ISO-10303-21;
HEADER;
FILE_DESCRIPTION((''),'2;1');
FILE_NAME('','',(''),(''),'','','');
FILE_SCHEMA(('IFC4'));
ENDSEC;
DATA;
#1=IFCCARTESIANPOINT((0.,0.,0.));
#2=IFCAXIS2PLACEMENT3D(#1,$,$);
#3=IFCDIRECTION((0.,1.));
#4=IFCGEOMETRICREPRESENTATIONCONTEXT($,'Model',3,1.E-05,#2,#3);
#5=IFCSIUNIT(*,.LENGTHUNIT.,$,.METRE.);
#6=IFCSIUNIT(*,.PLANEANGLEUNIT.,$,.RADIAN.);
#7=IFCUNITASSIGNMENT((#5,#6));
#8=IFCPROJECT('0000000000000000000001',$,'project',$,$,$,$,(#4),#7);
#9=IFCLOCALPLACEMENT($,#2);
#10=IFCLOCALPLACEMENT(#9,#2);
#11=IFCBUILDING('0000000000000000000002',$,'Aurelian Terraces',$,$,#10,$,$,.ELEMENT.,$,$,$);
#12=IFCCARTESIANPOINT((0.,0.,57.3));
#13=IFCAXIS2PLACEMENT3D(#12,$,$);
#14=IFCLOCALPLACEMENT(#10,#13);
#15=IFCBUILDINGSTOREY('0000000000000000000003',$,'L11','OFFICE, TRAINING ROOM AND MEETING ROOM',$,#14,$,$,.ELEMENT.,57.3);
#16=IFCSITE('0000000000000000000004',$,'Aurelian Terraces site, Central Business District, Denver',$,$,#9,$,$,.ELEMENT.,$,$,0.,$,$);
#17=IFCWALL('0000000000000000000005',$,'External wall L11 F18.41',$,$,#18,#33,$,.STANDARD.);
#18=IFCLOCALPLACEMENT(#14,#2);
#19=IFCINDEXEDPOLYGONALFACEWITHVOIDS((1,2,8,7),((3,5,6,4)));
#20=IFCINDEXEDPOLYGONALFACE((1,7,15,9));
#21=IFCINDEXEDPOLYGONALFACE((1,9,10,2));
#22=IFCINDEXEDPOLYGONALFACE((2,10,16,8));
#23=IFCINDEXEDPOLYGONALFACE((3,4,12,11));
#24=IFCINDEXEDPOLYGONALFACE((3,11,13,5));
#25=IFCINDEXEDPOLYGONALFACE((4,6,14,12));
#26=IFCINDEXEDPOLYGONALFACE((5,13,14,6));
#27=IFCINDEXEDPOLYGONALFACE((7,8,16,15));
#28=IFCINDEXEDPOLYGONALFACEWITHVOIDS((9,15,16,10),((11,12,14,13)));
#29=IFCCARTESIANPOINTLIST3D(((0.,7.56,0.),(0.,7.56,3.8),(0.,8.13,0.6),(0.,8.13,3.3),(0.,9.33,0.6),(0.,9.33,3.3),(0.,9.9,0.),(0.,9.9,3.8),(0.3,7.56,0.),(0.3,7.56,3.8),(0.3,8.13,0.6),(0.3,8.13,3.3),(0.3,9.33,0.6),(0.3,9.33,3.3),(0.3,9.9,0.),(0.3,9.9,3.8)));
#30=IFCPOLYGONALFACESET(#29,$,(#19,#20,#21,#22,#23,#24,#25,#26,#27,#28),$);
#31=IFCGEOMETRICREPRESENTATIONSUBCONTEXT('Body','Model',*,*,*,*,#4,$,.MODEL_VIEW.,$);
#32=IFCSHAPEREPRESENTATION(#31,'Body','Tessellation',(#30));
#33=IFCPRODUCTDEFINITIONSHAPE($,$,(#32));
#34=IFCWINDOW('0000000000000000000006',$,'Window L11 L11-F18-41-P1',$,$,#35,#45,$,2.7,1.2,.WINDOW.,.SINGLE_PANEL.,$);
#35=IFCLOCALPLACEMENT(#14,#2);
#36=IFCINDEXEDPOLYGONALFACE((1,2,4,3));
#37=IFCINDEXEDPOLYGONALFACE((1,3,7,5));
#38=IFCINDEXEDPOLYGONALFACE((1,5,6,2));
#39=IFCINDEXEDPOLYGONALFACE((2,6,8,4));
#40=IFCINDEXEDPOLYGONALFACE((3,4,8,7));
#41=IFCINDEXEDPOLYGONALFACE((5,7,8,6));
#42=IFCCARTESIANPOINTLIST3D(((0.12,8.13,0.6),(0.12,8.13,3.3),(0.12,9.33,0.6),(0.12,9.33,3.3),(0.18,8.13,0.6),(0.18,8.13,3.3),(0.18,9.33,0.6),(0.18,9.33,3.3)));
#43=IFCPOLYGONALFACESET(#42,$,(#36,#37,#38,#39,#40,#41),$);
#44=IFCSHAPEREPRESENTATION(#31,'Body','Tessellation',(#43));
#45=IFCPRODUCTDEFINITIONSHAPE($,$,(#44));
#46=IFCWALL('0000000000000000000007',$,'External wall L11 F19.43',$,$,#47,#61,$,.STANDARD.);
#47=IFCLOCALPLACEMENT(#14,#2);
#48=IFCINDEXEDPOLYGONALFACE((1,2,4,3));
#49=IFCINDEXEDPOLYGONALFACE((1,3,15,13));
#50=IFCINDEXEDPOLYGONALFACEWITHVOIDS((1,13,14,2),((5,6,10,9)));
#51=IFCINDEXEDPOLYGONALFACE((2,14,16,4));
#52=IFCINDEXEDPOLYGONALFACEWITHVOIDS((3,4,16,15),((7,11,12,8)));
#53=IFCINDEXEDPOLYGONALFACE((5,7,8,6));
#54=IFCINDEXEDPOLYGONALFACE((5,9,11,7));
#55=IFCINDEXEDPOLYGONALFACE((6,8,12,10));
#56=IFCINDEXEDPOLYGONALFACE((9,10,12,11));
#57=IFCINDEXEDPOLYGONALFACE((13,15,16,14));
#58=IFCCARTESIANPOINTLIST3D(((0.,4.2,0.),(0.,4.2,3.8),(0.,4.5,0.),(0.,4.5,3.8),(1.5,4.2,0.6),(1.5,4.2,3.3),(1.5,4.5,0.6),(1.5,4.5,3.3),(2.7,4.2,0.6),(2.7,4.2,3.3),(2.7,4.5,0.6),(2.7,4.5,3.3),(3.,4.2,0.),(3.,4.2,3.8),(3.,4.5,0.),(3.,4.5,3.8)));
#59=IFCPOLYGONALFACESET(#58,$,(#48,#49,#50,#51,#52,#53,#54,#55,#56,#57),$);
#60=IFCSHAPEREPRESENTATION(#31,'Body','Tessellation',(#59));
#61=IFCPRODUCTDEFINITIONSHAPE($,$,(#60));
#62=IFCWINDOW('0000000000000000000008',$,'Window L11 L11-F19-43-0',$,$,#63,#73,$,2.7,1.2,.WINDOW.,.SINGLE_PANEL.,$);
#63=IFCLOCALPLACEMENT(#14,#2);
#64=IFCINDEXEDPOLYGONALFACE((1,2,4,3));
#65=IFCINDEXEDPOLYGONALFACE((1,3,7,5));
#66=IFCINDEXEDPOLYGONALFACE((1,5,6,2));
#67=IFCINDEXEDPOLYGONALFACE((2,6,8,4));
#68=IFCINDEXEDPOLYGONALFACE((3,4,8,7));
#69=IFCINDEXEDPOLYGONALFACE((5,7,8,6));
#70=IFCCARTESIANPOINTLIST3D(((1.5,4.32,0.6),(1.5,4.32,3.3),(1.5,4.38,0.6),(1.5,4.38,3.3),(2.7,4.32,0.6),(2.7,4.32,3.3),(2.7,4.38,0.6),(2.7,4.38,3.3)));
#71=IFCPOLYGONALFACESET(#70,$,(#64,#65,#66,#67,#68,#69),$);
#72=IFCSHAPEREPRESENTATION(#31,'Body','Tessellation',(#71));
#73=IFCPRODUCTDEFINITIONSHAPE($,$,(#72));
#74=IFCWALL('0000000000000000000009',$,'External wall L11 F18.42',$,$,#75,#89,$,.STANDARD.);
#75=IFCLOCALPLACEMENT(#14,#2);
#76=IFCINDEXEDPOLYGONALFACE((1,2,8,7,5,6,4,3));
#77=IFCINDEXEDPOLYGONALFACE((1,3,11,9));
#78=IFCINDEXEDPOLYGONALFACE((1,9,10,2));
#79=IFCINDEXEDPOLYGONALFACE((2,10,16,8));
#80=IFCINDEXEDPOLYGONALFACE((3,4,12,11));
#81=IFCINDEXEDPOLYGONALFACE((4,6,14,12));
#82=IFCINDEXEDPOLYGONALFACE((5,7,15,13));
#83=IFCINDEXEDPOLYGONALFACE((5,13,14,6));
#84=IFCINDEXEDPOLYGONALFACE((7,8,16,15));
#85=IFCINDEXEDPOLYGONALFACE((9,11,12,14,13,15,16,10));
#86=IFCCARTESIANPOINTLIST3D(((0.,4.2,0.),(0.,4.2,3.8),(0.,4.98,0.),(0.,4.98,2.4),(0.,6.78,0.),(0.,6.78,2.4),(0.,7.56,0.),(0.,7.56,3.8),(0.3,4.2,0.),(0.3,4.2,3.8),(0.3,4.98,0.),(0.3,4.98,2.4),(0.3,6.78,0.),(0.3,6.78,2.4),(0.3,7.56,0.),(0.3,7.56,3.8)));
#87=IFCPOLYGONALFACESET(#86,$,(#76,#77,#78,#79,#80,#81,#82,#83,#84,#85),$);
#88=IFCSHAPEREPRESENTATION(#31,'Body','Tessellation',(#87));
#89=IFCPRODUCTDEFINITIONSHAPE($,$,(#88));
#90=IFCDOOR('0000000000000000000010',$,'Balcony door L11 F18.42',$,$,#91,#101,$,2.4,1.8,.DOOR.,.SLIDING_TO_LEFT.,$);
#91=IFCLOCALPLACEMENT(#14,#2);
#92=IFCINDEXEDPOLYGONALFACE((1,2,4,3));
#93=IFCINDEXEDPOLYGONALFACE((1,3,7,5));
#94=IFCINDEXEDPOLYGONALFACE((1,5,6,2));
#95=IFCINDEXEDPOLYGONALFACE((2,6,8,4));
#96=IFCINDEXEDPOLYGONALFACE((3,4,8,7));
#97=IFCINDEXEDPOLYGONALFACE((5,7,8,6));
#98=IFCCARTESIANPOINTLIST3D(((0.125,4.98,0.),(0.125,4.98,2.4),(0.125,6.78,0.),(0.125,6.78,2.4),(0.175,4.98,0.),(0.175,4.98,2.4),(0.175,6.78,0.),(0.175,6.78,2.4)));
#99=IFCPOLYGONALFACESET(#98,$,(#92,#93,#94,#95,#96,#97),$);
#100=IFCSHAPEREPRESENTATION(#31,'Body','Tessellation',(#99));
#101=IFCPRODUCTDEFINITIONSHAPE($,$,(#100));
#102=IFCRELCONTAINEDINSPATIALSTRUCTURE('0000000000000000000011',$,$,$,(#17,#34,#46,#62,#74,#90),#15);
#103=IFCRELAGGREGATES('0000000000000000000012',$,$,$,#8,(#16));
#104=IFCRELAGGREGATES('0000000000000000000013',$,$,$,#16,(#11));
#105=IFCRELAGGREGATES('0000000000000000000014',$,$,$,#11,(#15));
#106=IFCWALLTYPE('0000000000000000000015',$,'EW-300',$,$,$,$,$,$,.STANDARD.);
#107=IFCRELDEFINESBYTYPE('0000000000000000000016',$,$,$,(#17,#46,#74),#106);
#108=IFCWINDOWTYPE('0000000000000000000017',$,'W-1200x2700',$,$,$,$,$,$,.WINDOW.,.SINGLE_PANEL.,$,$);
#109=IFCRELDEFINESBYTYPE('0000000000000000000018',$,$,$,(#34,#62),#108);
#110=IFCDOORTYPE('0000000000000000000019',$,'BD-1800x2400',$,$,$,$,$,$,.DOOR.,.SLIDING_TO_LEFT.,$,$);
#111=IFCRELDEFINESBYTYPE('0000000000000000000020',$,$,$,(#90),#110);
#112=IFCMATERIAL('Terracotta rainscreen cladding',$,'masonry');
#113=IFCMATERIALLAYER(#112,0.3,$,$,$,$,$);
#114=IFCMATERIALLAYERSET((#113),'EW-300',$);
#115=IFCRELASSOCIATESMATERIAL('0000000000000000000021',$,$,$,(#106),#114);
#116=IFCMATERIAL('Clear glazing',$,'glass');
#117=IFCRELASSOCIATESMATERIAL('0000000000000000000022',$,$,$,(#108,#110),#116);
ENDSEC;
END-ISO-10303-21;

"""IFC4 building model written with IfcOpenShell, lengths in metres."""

from ifc_helpers import new_model, si_unit, direction, frame, frame_2d, origin, place, context, subcontext, project, spatial, rectangle, extrude, source, transform, mapped, material, layer, layer_set, type_object, element, fill, save


model = new_model("IFC4")

# Units and contexts
model_context = context("Model", 3, precision=1e-05, world=origin(), true_north=direction((0.0, 1.0)))
body_context = subcontext(model_context, "Body", "Model", "MODEL_VIEW")
ifc_project = project(units=[si_unit("LENGTHUNIT", "METRE"), si_unit("PLANEANGLEUNIT", "RADIAN")], contexts=[model_context])

# Site, building, storey
site_placement = place(None, origin())
site = spatial("IfcSite", under=ifc_project, at=site_placement, Name="Aurelian Terraces site, Central Business District, Denver", CompositionType="ELEMENT", RefElevation=0.0)
building_placement = place(site_placement, origin())
building = spatial("IfcBuilding", under=site, at=building_placement, Name="Aurelian Terraces", CompositionType="ELEMENT")
storey_placement = place(building_placement, frame((0.0, 0.0, 57.3)))
storey = spatial("IfcBuildingStorey", under=building, at=storey_placement, Name="L11", Description="OFFICE, TRAINING ROOM AND MEETING ROOM", CompositionType="ELEMENT", Elevation=57.3)

# Walls, openings, windows
ifc_material_1 = material(Name="Terracotta rainscreen cladding", Category="masonry")
ifc_layer_1 = layer(ifc_material_1, 0.3)
ifc_layer_set_1 = layer_set([ifc_layer_1], Name="EW-300")
wall_type_1 = type_object("IfcWallType", Name="EW-300", PredefinedType="STANDARD", material=ifc_layer_set_1)
shared_shape_1 = source(origin(), body_context, "Body", "SweptSolid", [
    extrude(rectangle(XDim=2.34, YDim=0.3, at=frame_2d((1.17, 0.0))), origin(), (0.0, 0.0, 1.0), 3.8),
])
wall_1_placement = place(storey_placement, frame((0.15, 9.9, 0.0), z_axis=(0.0, 0.0, 1.0), x_axis=(0.0, -1.0, 0.0)))
wall_1 = element("IfcWall", 1, at=wall_1_placement, inside=storey, type_object=wall_type_1, Name="External wall L11 F18.41", PredefinedType="STANDARD", context=body_context, shape_type="MappedRepresentation", body=[
    mapped(shared_shape_1, transform((0.0, 0.0, 0.0), scale=1.0)),
])
shared_shape_2 = source(origin(), body_context, "Body", "SweptSolid", [
    extrude(rectangle(XDim=1.2, YDim=2.7, at=frame_2d((0.6, 1.35))), frame((0.0, 0.16, 0.0), z_axis=(0.0, -1.0, 0.0), x_axis=(1.0, 0.0, 0.0)), (0.0, 0.0, 1.0), 0.32),
])
opening_1_placement = place(wall_1_placement, frame((0.57, 0.0, 0.6)))
opening_1 = element("IfcOpeningElement", 2, at=opening_1_placement, cuts=wall_1, PredefinedType="OPENING", context=body_context, shape_type="MappedRepresentation", body=[
    mapped(shared_shape_2, transform((0.0, 0.0, 0.0), scale=1.0)),
])
ifc_material_2 = material(Name="Clear glazing", Category="glass")
window_type = type_object("IfcWindowType", Name="W-1200x2700", PartitioningType="SINGLE_PANEL", PredefinedType="WINDOW", material=ifc_material_2)
shared_shape_3 = source(origin(), body_context, "Body", "SweptSolid", [
    extrude(rectangle(XDim=1.2, YDim=2.7, at=frame_2d((0.6, 1.35))), frame((0.0, 0.03, 0.0), z_axis=(0.0, -1.0, 0.0), x_axis=(1.0, 0.0, 0.0)), (0.0, 0.0, 1.0), 0.06),
])
window_1_placement = place(opening_1_placement, origin())
window_1 = element("IfcWindow", 3, at=window_1_placement, inside=storey, type_object=window_type, Name="Window L11 L11-F18-41-P1", OverallHeight=2.7, OverallWidth=1.2, PartitioningType="SINGLE_PANEL", PredefinedType="WINDOW", context=body_context, shape_type="MappedRepresentation", body=[
    mapped(shared_shape_3, transform((0.0, 0.0, 0.0), scale=1.0)),
])
fill(opening_1, window_1)
shared_shape_4 = source(origin(), body_context, "Body", "SweptSolid", [
    extrude(rectangle(XDim=3.0, YDim=0.3, at=frame_2d((1.5, 0.0))), origin(), (0.0, 0.0, 1.0), 3.8),
])
wall_2_placement = place(storey_placement, frame((0.0, 4.35, 0.0), z_axis=(0.0, 0.0, 1.0), x_axis=(1.0, 0.0, 0.0)))
wall_2 = element("IfcWall", 4, at=wall_2_placement, inside=storey, type_object=wall_type_1, Name="External wall L11 F19.43", PredefinedType="STANDARD", context=body_context, shape_type="MappedRepresentation", body=[
    mapped(shared_shape_4, transform((0.0, 0.0, 0.0), scale=1.0)),
])
opening_2_placement = place(wall_2_placement, frame((1.5, 0.0, 0.6)))
opening_2 = element("IfcOpeningElement", 5, at=opening_2_placement, cuts=wall_2, PredefinedType="OPENING", context=body_context, shape_type="MappedRepresentation", body=[
    mapped(shared_shape_2, transform((0.0, 0.0, 0.0), scale=1.0)),
])
window_2_placement = place(opening_2_placement, origin())
window_2 = element("IfcWindow", 6, at=window_2_placement, inside=storey, type_object=window_type, Name="Window L11 L11-F19-43-0", OverallHeight=2.7, OverallWidth=1.2, PartitioningType="SINGLE_PANEL", PredefinedType="WINDOW", context=body_context, shape_type="MappedRepresentation", body=[
    mapped(shared_shape_3, transform((0.0, 0.0, 0.0), scale=1.0)),
])
fill(opening_2, window_2)

# Wall, opening, door
shared_shape_5 = source(origin(), body_context, "Body", "SweptSolid", [
    extrude(rectangle(XDim=3.36, YDim=0.3, at=frame_2d((1.68, 0.0))), origin(), (0.0, 0.0, 1.0), 3.8),
])
wall_3_placement = place(storey_placement, frame((0.15, 7.56, 0.0), z_axis=(0.0, 0.0, 1.0), x_axis=(0.0, -1.0, 0.0)))
wall_3 = element("IfcWall", 7, at=wall_3_placement, inside=storey, type_object=wall_type_1, Name="External wall L11 F18.42", PredefinedType="STANDARD", context=body_context, shape_type="MappedRepresentation", body=[
    mapped(shared_shape_5, transform((0.0, 0.0, 0.0), scale=1.0)),
])
shared_shape_6 = source(origin(), body_context, "Body", "SweptSolid", [
    extrude(rectangle(XDim=1.8, YDim=2.4, at=frame_2d((0.9, 1.2))), frame((0.0, 0.16, 0.0), z_axis=(0.0, -1.0, 0.0), x_axis=(1.0, 0.0, 0.0)), (0.0, 0.0, 1.0), 0.32),
])
opening_3_placement = place(wall_3_placement, frame((0.78, 0.0, 0.0)))
opening_3 = element("IfcOpeningElement", 8, at=opening_3_placement, cuts=wall_3, PredefinedType="OPENING", context=body_context, shape_type="MappedRepresentation", body=[
    mapped(shared_shape_6, transform((0.0, 0.0, 0.0), scale=1.0)),
])
door_type_1 = type_object("IfcDoorType", Name="BD-1800x2400", OperationType="SLIDING_TO_LEFT", PredefinedType="DOOR", material=ifc_material_2)
shared_shape_7 = source(origin(), body_context, "Body", "SweptSolid", [
    extrude(rectangle(XDim=1.8, YDim=2.4, at=frame_2d((0.9, 1.2))), frame((0.0, 0.025, 0.0), z_axis=(0.0, -1.0, 0.0), x_axis=(1.0, 0.0, 0.0)), (0.0, 0.0, 1.0), 0.05),
])
door_1_placement = place(opening_3_placement, origin())
door_1 = element("IfcDoor", 9, at=door_1_placement, inside=storey, type_object=door_type_1, Name="Balcony door L11 F18.42", OperationType="SLIDING_TO_LEFT", OverallHeight=2.4, OverallWidth=1.8, PredefinedType="DOOR", context=body_context, shape_type="MappedRepresentation", body=[
    mapped(shared_shape_7, transform((0.0, 0.0, 0.0), scale=1.0)),
])
fill(opening_3, door_1)

save(model, "model.ifc")
